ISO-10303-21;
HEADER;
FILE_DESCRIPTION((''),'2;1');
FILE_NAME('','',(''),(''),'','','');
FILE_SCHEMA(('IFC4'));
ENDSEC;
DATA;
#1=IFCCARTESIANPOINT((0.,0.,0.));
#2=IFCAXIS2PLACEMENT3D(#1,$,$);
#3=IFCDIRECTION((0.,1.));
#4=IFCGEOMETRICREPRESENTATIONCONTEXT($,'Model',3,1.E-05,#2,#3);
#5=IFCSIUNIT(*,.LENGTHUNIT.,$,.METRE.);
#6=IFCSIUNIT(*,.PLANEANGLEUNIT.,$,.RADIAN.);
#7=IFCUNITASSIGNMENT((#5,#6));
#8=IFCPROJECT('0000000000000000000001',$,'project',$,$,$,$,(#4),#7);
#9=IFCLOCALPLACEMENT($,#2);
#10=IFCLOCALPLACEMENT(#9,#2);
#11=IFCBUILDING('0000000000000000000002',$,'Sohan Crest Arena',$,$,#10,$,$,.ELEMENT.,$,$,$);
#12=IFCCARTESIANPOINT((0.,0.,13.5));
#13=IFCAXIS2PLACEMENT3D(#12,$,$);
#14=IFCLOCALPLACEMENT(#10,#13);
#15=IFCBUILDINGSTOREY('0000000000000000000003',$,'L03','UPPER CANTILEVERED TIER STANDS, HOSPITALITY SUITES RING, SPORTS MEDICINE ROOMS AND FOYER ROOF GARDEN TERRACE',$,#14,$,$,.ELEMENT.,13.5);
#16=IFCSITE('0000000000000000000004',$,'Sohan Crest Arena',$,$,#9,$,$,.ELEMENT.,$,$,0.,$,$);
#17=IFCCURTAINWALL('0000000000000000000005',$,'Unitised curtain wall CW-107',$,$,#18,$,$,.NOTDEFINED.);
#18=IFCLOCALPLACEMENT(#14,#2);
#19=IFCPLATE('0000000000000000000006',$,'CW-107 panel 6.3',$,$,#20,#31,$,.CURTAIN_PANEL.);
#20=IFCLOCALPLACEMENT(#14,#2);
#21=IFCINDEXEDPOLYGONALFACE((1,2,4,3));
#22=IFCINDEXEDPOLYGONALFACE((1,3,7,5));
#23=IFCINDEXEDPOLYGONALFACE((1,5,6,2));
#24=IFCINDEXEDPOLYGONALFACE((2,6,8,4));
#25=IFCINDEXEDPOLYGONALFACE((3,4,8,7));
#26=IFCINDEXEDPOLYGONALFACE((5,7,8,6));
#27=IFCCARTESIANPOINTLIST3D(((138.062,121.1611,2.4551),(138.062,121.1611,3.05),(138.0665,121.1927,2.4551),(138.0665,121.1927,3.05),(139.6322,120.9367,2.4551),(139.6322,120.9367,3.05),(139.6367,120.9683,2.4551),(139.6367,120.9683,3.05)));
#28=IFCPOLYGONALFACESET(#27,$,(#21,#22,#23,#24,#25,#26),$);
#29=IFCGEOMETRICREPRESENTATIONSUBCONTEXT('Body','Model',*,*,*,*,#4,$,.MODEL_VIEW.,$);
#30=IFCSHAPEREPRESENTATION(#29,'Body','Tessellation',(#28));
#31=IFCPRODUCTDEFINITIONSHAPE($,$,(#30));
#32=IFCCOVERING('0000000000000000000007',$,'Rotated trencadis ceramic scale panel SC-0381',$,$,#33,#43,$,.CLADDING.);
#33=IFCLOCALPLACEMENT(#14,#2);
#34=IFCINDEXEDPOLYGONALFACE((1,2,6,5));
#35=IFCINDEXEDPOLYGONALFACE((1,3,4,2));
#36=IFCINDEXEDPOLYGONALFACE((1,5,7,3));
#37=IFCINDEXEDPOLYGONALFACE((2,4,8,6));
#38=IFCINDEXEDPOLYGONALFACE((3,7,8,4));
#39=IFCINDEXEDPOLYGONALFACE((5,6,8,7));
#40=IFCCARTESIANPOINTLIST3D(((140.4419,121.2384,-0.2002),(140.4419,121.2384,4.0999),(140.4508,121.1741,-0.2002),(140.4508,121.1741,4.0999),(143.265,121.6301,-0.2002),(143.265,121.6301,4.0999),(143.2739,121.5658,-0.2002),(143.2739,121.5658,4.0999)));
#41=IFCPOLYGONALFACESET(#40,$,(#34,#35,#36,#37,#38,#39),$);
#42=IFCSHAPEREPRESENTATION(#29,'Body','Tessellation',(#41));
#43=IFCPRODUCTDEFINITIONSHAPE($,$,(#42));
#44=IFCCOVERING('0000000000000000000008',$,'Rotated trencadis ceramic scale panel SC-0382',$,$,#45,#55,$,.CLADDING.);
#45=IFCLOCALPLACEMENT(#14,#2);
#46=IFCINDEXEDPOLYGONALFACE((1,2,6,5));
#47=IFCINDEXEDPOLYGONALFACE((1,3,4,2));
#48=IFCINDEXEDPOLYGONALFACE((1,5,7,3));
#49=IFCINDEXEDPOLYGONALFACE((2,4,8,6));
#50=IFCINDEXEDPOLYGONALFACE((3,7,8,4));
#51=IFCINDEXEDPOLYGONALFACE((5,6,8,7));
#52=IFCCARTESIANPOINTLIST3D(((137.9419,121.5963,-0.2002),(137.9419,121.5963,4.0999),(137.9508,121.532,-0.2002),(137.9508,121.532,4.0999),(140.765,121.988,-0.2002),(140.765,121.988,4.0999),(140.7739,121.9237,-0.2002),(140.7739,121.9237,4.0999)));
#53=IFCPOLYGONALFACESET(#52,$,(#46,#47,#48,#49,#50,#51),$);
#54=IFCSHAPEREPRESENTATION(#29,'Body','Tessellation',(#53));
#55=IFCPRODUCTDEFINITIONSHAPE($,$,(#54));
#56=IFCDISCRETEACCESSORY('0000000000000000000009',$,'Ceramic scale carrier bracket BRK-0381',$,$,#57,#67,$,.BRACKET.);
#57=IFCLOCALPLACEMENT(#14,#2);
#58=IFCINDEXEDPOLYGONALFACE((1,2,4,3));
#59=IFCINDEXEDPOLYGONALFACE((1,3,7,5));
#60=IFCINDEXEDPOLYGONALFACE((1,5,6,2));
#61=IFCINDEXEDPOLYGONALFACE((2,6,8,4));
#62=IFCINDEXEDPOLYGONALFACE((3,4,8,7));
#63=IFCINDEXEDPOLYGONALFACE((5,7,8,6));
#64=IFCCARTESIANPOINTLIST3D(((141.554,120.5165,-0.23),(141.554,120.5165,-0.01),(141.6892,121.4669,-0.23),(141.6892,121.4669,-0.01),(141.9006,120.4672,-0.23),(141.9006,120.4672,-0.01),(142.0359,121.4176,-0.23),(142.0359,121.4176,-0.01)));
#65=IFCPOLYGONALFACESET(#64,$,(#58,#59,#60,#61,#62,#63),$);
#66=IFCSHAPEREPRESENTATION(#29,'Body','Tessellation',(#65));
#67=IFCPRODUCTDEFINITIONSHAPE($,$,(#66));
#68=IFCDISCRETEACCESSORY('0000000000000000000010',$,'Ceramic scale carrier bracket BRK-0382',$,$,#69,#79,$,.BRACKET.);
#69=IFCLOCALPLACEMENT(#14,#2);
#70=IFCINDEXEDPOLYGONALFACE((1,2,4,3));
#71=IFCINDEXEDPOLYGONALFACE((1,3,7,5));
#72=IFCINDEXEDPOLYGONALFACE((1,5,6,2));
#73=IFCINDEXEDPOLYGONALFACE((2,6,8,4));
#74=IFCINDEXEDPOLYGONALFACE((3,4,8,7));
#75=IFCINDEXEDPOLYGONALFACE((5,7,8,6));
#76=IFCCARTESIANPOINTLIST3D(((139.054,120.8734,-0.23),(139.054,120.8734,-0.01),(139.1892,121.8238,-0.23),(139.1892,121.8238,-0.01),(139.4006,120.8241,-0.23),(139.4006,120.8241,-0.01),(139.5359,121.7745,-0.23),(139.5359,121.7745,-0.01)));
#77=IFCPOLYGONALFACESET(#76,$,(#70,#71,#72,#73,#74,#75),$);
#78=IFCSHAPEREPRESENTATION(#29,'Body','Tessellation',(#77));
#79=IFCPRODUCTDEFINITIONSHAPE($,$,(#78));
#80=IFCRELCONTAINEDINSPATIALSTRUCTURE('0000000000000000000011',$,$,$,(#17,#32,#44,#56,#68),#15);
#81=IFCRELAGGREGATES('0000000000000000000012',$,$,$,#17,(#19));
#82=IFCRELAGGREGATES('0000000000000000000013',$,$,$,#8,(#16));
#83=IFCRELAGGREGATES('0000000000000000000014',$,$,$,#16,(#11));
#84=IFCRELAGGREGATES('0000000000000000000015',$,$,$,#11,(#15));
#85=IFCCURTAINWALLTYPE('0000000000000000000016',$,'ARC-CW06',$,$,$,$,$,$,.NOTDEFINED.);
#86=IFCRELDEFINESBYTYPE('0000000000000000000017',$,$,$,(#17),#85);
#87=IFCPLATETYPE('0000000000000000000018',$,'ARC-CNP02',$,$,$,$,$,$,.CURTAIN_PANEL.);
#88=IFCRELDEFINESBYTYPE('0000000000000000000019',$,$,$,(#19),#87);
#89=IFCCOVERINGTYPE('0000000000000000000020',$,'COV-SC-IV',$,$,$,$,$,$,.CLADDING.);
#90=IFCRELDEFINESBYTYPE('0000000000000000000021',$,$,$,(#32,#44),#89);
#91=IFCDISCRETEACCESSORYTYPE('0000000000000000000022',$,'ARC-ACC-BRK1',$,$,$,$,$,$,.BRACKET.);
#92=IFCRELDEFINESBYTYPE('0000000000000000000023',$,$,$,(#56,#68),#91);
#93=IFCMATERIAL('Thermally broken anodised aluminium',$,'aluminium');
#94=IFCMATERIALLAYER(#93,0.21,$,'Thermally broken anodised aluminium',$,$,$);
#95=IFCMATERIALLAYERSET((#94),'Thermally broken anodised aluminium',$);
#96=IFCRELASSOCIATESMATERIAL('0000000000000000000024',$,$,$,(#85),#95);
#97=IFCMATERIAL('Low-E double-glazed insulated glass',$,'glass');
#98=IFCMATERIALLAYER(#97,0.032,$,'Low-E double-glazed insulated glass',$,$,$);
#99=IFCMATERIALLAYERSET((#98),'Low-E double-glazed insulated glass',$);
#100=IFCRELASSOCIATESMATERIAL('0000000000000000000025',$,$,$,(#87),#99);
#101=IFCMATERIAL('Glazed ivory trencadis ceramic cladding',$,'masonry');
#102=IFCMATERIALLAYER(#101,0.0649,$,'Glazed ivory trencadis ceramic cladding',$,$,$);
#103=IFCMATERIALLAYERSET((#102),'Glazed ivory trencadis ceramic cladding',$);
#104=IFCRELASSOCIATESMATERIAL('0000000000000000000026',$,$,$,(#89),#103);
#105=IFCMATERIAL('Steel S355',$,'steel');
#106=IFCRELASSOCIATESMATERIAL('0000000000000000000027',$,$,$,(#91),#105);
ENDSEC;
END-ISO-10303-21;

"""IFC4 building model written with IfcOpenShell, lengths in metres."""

from ifc_helpers import new_model, si_unit, direction, frame, origin, origin_2d, place, context, subcontext, project, spatial, rectangle, extrude, material, layer, layer_set, type_object, element, aggregate, save


model = new_model("IFC4")

# Units and contexts
model_context = context("Model", 3, precision=1e-05, world=origin(), true_north=direction((0.0, 1.0)))
body_context = subcontext(model_context, "Body", "Model", "MODEL_VIEW")
ifc_project = project(units=[si_unit("LENGTHUNIT", "METRE"), si_unit("PLANEANGLEUNIT", "RADIAN")], contexts=[model_context])

# Site, building, storey
site_placement = place(None, origin())
site = spatial("IfcSite", under=ifc_project, at=site_placement, Name="Sohan Crest Arena", CompositionType="ELEMENT", RefElevation=0.0)
building_placement = place(site_placement, origin())
building = spatial("IfcBuilding", under=site, at=building_placement, Name="Sohan Crest Arena", CompositionType="ELEMENT")
storey_placement = place(building_placement, frame((0.0, 0.0, 13.5)))
storey = spatial("IfcBuildingStorey", under=building, at=storey_placement, Name="L03", Description="UPPER CANTILEVERED TIER STANDS, HOSPITALITY SUITES RING, SPORTS MEDICINE ROOMS AND FOYER ROOF GARDEN TERRACE", CompositionType="ELEMENT", Elevation=13.5)

# Shared definitions
ifc_material_1 = material(Name="Steel S355", Category="steel")

# Curtain wall
ifc_material_2 = material(Name="Thermally broken anodised aluminium", Category="aluminium")
ifc_layer_1 = layer(ifc_material_2, 0.21, Name="Thermally broken anodised aluminium")
ifc_layer_set_1 = layer_set([ifc_layer_1], Name="Thermally broken anodised aluminium")
curtain_wall_type = type_object("IfcCurtainWallType", Name="ARC-CW06", PredefinedType="NOTDEFINED", material=ifc_layer_set_1)
curtain_wall_placement = place(storey_placement, origin())
curtain_wall = element("IfcCurtainWall", 1, at=curtain_wall_placement, inside=storey, type_object=curtain_wall_type, Name="Unitised curtain wall CW-107", PredefinedType="NOTDEFINED")

# Plate
ifc_material_3 = material(Name="Low-E double-glazed insulated glass", Category="glass")
ifc_layer_2 = layer(ifc_material_3, 0.032, Name="Low-E double-glazed insulated glass")
ifc_layer_set_2 = layer_set([ifc_layer_2], Name="Low-E double-glazed insulated glass")
plate_type = type_object("IfcPlateType", Name="ARC-CNP02", PredefinedType="CURTAIN_PANEL", material=ifc_layer_set_2)
plate_1_placement = place(storey_placement, frame((138.8494, 121.0647, 2.4551), z_axis=(0.0, 0.0, 1.0), x_axis=(-0.989944, 0.141463, 0.0)))
plate_1 = element("IfcPlate", 2, at=plate_1_placement, type_object=plate_type, Name="CW-107 panel 6.3", PredefinedType="CURTAIN_PANEL", context=body_context, shape_type="SweptSolid", body=[
    extrude(rectangle(XDim=1.5862, YDim=0.032, at=origin_2d()), origin(), (0.0, 0.0, 1.0), 0.595),
])
aggregate(curtain_wall, [plate_1])

# Coverings
ifc_material_4 = material(Name="Glazed ivory trencadis ceramic cladding", Category="masonry")
ifc_layer_3 = layer(ifc_material_4, 0.0649, Name="Glazed ivory trencadis ceramic cladding")
ifc_layer_set_3 = layer_set([ifc_layer_3], Name="Glazed ivory trencadis ceramic cladding")
covering_type = type_object("IfcCoveringType", Name="COV-SC-IV", PredefinedType="CLADDING", material=ifc_layer_set_3)
for number, where, z_axis, x_axis, name in (
    (3, (141.8579, 121.4021, -0.2002), (0.0, 0.0, 1.0), (-0.990509, -0.137445, 0.0), "Rotated trencadis ceramic scale panel SC-0381"),
    (4, (139.3579, 121.76, -0.2002), (0.0, 0.0, 1.0), (-0.990509, -0.137445, 0.0), "Rotated trencadis ceramic scale panel SC-0382"),
):
    element("IfcCovering", number, at=place(storey_placement, frame(where, z_axis=z_axis, x_axis=x_axis)), inside=storey, type_object=covering_type, Name=name, PredefinedType="CLADDING", context=body_context, shape_type="SweptSolid", body=[
        extrude(rectangle(XDim=2.8501, YDim=0.0649, at=origin_2d()), origin(), (0.0, 0.0, 1.0), 4.3),
    ])

# Discrete accessories
discrete_accessory_type = type_object("IfcDiscreteAccessoryType", Name="ARC-ACC-BRK1", PredefinedType="BRACKET", material=ifc_material_1)
for number, where, z_axis, x_axis, name in (
    (5, (141.7949, 120.967, -0.23), (0.0, 0.0, 1.0), (-0.990024, 0.140901, 0.0), "Ceramic scale carrier bracket BRK-0381"),
    (6, (139.2949, 121.324, -0.23), (0.0, 0.0, 1.0), (-0.990024, 0.140901, 0.0), "Ceramic scale carrier bracket BRK-0382"),
):
    element("IfcDiscreteAccessory", number, at=place(storey_placement, frame(where, z_axis=z_axis, x_axis=x_axis)), inside=storey, type_object=discrete_accessory_type, Name=name, PredefinedType="BRACKET", context=body_context, shape_type="SweptSolid", body=[
        extrude(rectangle(XDim=0.3501, YDim=0.96, at=origin_2d()), origin(), (0.0, 0.0, 1.0), 0.22),
    ])

save(model, "model.ifc")
